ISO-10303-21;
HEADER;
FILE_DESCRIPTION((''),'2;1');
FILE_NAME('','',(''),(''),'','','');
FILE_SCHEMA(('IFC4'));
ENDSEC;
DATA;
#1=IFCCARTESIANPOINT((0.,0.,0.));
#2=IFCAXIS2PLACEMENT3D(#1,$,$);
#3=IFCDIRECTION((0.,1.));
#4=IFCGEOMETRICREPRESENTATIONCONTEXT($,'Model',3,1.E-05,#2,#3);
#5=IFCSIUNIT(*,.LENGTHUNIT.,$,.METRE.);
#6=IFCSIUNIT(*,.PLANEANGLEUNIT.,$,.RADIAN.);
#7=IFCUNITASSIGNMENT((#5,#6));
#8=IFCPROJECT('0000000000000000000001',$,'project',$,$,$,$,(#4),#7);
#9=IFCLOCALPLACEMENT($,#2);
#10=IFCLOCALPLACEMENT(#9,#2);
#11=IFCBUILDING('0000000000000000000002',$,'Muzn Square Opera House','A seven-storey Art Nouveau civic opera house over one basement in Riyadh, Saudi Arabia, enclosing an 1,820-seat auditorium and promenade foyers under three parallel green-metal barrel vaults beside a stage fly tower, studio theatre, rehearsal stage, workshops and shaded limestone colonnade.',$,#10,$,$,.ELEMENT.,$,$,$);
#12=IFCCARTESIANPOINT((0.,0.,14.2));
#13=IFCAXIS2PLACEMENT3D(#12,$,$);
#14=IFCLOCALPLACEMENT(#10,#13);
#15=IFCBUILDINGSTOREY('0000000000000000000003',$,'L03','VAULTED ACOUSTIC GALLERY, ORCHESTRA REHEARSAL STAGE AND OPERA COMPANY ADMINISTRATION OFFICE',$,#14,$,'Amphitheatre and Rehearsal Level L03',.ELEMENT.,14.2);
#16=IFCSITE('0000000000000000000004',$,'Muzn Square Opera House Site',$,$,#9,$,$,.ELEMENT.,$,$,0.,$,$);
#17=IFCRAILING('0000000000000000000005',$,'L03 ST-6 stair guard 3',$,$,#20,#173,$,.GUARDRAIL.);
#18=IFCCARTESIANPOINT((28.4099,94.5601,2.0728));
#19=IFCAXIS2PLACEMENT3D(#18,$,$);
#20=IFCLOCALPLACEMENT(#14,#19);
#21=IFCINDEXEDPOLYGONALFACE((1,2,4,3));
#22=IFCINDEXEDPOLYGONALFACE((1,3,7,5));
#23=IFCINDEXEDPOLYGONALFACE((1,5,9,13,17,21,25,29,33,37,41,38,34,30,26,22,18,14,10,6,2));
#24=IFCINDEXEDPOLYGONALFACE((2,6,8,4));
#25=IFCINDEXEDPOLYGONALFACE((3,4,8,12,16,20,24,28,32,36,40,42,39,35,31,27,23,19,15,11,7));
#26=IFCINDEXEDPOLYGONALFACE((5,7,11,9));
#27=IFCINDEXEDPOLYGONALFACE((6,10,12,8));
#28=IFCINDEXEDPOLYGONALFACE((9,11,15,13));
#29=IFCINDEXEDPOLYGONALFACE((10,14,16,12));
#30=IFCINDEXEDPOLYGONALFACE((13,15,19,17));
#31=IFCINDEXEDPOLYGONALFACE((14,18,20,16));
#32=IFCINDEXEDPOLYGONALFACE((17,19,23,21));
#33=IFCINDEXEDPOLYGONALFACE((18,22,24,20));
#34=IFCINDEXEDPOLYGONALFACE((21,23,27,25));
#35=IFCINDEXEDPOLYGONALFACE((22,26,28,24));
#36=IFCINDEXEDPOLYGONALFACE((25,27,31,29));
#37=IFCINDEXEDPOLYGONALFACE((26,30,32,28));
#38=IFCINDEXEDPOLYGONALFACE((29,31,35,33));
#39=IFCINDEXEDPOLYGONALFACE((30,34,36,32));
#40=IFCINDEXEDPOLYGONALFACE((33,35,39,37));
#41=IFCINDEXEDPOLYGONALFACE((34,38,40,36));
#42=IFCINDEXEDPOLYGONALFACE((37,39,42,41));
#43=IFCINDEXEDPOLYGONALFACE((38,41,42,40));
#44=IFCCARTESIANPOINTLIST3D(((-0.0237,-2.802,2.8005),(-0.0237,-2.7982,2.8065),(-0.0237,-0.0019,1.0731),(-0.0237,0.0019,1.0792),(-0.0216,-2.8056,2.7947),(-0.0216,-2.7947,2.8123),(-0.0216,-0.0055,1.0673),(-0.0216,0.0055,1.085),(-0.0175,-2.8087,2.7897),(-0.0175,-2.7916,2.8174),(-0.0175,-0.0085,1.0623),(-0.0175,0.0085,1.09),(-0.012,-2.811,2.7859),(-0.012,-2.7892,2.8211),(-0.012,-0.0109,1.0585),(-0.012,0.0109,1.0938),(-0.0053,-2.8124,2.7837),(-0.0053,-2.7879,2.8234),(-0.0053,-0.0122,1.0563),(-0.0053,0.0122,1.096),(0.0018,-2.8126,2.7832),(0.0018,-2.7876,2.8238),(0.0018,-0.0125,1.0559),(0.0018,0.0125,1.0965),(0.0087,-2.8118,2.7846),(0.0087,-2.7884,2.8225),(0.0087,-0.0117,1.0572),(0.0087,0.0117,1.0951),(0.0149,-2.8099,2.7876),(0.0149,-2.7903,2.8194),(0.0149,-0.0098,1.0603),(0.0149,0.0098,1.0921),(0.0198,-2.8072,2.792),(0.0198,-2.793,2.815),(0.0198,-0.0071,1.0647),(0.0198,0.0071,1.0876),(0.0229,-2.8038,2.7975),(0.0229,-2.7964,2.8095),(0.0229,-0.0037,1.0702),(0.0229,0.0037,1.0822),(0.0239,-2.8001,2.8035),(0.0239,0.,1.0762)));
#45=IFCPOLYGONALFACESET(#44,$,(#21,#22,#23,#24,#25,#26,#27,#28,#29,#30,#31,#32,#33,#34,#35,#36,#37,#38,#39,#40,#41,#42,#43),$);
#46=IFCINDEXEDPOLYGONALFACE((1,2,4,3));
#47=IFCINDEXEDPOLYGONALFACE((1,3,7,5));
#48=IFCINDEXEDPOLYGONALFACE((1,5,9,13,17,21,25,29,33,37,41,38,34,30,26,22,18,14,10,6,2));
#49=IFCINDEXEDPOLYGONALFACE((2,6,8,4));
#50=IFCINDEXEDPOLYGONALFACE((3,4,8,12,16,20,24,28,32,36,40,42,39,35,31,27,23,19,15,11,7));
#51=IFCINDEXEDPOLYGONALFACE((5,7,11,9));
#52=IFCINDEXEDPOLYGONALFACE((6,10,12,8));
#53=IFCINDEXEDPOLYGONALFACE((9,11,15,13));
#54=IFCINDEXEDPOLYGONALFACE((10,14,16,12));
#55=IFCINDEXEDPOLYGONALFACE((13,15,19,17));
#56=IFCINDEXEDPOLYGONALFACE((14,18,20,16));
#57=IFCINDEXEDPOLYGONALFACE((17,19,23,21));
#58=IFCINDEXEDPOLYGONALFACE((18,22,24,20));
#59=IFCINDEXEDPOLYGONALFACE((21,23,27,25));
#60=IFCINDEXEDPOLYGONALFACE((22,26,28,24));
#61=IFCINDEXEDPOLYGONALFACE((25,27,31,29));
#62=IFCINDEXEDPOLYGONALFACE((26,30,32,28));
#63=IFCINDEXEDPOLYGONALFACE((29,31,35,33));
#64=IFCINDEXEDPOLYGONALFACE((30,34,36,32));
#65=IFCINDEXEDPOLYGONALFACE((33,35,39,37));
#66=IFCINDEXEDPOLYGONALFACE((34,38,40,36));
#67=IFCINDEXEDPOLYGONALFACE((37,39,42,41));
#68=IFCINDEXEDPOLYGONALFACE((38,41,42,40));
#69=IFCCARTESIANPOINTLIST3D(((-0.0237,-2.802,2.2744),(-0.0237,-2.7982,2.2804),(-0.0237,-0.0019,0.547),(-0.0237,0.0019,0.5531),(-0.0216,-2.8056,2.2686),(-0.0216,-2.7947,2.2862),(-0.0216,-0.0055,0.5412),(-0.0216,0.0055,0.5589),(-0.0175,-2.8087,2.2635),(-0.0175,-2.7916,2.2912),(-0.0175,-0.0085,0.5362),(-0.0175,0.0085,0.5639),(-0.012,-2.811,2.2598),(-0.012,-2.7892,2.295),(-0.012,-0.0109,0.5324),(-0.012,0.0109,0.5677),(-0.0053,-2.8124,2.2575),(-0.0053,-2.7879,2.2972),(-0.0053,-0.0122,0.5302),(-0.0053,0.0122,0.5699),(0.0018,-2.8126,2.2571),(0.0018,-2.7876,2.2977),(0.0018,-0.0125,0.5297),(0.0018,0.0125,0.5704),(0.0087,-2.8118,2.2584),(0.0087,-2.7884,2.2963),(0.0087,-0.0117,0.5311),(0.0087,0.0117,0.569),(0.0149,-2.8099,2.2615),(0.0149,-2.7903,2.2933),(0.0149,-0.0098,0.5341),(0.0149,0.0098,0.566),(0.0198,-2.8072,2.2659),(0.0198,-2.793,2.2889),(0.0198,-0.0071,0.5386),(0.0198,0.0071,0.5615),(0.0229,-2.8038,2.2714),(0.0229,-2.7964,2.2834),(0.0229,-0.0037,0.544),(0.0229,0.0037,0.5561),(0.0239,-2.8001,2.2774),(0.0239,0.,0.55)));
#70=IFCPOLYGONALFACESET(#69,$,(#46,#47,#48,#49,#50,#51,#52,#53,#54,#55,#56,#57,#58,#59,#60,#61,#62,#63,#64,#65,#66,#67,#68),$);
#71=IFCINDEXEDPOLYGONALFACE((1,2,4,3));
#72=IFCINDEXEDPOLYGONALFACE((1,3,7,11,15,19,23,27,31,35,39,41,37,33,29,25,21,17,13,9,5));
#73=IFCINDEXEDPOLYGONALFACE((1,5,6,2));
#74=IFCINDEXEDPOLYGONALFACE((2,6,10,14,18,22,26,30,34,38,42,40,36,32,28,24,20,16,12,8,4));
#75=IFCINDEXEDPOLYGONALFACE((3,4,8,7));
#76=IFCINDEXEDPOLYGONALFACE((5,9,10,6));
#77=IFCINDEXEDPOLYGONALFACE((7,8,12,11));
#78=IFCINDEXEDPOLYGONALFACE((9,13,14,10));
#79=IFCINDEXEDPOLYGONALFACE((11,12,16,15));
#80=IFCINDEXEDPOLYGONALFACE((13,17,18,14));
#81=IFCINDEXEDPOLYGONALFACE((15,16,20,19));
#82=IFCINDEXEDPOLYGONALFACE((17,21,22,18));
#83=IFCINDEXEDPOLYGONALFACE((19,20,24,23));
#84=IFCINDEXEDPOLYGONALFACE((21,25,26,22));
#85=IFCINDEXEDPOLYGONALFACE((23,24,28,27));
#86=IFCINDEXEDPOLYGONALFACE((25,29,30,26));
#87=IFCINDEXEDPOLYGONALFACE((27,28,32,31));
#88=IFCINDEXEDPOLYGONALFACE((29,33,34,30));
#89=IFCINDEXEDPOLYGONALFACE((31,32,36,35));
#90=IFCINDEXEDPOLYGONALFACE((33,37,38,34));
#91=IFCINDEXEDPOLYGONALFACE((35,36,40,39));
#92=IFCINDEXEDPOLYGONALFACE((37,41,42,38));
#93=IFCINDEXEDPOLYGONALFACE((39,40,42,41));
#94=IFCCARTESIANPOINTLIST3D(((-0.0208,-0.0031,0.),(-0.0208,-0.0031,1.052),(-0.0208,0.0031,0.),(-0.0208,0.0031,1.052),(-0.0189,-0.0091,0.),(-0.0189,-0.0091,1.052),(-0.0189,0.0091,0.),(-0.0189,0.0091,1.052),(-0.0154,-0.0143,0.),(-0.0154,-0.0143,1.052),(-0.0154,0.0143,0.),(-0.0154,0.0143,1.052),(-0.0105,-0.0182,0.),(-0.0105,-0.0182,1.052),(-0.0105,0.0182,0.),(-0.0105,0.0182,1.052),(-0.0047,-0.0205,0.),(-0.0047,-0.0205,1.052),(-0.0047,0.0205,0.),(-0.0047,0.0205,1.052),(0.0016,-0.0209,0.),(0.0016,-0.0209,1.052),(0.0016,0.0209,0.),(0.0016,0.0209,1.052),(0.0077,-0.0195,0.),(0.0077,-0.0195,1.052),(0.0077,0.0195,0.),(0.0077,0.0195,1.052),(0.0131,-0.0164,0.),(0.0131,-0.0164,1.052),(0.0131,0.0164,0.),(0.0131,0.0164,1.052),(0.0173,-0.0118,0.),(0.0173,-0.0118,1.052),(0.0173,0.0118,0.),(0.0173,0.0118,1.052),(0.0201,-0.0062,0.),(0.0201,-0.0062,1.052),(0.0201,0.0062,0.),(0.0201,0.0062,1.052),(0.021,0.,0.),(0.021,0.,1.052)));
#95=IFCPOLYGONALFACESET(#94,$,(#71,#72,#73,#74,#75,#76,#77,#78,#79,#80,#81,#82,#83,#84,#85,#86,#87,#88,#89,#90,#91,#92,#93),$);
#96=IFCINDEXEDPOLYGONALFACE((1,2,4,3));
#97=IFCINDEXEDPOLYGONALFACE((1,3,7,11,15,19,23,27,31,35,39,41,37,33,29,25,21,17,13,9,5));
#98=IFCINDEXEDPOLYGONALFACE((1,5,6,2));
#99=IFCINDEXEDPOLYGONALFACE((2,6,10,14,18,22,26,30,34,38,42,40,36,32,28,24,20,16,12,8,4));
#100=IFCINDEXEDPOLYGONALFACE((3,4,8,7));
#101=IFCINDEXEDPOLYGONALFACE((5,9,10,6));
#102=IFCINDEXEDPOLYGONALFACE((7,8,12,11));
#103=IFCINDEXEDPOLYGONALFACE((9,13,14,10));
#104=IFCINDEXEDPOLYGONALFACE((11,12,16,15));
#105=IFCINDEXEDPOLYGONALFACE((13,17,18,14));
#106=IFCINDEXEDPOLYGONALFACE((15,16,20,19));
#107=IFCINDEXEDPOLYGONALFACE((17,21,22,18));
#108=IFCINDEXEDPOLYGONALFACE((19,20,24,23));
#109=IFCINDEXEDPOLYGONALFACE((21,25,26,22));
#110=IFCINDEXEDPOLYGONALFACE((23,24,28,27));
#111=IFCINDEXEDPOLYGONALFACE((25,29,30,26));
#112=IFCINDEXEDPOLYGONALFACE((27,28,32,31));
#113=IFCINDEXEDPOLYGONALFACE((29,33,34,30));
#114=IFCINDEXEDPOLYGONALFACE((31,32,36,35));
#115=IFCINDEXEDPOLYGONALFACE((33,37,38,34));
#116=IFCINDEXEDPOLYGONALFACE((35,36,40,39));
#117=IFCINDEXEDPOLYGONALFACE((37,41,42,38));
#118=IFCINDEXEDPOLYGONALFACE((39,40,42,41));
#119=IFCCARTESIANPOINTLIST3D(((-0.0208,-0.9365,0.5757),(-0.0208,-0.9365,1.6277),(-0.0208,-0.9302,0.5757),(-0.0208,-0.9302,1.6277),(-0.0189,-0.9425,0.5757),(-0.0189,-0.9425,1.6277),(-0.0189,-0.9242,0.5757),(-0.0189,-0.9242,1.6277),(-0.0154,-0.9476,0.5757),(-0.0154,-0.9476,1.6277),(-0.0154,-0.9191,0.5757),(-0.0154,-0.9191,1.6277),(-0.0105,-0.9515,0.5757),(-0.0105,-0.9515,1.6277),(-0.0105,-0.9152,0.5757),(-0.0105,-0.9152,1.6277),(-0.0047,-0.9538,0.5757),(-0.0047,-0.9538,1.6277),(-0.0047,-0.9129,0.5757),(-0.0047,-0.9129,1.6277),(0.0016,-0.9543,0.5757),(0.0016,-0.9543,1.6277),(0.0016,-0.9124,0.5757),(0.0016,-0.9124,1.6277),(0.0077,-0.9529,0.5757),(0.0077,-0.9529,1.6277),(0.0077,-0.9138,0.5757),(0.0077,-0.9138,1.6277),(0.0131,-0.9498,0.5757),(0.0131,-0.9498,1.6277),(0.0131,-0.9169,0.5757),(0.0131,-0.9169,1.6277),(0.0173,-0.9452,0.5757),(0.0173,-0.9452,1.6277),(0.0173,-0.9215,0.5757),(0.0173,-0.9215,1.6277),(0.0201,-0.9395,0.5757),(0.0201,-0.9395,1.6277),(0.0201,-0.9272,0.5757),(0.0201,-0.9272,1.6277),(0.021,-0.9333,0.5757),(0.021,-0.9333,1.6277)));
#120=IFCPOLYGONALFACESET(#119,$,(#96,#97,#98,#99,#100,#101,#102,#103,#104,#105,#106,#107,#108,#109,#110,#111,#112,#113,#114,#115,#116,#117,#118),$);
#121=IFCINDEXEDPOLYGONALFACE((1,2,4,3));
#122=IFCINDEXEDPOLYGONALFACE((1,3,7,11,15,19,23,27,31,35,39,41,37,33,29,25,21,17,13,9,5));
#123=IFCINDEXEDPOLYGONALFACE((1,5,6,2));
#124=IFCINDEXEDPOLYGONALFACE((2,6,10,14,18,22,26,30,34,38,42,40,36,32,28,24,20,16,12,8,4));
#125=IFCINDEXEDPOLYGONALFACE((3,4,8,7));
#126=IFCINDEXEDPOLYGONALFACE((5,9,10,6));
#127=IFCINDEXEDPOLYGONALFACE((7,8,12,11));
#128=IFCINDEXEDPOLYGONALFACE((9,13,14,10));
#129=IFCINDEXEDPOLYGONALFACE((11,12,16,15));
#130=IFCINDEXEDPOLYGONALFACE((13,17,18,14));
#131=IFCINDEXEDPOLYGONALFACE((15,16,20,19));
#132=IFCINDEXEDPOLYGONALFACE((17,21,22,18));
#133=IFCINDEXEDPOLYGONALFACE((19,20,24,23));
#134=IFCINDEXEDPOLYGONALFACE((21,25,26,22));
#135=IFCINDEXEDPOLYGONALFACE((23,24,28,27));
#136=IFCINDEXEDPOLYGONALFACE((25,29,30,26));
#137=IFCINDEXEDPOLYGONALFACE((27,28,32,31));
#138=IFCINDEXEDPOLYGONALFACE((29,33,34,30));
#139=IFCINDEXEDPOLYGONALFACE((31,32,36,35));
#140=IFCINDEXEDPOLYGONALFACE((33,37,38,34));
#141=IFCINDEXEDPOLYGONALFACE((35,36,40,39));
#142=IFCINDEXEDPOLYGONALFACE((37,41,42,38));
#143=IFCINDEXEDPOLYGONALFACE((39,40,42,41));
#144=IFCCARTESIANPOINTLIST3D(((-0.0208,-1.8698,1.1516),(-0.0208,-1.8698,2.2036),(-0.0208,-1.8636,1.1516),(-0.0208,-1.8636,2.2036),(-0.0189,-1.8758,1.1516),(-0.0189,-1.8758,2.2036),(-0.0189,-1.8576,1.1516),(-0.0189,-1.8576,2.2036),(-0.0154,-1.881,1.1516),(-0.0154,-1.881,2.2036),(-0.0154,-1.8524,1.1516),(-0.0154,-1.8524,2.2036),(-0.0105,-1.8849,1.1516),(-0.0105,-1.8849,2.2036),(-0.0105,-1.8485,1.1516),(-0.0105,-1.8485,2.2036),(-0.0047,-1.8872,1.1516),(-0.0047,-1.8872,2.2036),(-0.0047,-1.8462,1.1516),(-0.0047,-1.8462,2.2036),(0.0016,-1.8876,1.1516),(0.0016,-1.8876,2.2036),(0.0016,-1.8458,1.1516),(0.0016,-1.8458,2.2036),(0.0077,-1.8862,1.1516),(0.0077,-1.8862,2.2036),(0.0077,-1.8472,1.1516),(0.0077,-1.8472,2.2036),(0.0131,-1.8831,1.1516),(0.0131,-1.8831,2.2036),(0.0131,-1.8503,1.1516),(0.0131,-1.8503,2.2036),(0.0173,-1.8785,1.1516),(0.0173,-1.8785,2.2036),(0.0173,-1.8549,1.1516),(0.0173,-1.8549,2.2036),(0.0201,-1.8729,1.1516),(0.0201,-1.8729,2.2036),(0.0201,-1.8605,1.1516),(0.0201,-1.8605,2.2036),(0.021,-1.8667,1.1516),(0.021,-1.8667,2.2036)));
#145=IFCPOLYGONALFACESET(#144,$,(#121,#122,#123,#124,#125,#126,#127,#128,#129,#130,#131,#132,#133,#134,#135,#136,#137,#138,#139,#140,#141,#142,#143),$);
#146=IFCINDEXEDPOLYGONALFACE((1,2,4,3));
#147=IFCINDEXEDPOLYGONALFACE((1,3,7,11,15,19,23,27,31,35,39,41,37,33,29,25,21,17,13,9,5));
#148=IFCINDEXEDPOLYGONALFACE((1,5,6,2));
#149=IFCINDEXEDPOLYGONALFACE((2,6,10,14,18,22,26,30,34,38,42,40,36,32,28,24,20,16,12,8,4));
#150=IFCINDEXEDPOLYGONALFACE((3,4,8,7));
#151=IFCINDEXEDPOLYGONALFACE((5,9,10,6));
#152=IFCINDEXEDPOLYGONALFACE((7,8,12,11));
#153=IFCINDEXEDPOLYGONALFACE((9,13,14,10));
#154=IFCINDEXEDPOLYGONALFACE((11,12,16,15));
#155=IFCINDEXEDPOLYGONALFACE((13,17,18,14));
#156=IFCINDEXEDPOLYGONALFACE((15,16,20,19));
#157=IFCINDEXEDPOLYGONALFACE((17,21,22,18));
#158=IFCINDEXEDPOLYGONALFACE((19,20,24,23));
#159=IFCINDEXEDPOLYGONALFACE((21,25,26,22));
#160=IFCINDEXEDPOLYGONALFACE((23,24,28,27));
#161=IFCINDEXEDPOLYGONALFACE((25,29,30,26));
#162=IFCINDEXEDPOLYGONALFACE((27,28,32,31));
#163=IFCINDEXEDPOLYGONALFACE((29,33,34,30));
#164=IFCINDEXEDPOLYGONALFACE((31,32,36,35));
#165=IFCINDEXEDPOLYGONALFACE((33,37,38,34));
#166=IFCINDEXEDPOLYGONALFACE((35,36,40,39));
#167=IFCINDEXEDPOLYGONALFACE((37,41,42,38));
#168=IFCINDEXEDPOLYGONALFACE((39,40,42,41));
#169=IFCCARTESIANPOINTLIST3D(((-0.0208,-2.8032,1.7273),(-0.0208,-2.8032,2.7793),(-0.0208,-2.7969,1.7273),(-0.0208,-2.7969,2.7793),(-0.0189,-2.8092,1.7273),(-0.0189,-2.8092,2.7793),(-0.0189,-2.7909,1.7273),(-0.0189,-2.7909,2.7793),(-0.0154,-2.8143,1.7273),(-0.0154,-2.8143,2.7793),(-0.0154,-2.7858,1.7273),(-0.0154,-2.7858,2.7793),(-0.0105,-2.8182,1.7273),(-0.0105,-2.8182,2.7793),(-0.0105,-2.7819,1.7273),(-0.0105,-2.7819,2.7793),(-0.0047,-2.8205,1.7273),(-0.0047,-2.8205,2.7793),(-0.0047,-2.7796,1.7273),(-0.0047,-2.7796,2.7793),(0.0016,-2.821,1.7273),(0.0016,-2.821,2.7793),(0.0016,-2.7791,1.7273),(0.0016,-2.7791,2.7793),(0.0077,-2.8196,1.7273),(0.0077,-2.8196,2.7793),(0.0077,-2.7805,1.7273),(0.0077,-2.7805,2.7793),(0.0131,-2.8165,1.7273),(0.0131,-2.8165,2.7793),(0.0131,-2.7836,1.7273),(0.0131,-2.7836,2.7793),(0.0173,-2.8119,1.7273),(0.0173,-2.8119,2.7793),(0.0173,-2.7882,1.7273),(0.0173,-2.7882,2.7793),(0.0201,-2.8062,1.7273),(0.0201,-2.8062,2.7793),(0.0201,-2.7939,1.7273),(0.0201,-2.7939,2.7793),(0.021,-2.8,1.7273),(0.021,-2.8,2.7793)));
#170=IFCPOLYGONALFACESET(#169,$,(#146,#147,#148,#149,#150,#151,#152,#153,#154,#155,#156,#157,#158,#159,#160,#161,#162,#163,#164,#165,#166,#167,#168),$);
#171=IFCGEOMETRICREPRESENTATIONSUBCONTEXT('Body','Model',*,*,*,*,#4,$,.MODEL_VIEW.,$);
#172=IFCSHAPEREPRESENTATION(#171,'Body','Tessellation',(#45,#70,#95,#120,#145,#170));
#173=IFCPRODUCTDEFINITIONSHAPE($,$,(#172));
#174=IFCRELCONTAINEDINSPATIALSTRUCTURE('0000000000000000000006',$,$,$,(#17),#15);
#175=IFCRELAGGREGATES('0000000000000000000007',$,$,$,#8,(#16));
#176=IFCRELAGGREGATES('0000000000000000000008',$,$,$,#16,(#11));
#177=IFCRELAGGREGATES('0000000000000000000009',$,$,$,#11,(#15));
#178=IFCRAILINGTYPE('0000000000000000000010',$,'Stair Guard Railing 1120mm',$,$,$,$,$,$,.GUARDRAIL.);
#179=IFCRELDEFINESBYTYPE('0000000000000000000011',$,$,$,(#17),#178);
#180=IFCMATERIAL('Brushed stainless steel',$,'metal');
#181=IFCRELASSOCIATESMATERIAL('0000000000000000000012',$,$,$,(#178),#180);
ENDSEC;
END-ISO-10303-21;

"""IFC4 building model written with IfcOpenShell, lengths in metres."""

from ifc_helpers import new_model, si_unit, direction, frame, origin, origin_2d, place, context, subcontext, project, spatial, circle, extrude, material, type_object, element, save


model = new_model("IFC4")

# Units and contexts
model_context = context("Model", 3, precision=1e-05, world=origin(), true_north=direction((0.0, 1.0)))
body_context = subcontext(model_context, "Body", "Model", "MODEL_VIEW")
ifc_project = project(units=[si_unit("LENGTHUNIT", "METRE"), si_unit("PLANEANGLEUNIT", "RADIAN")], contexts=[model_context])

# Site, building, storey
site_placement = place(None, origin())
site = spatial("IfcSite", under=ifc_project, at=site_placement, Name="Muzn Square Opera House Site", CompositionType="ELEMENT", RefElevation=0.0)
building_placement = place(site_placement, origin())
building = spatial("IfcBuilding", under=site, at=building_placement, Name="Muzn Square Opera House", Description="A seven-storey Art Nouveau civic opera house over one basement in Riyadh, Saudi Arabia, enclosing an 1,820-seat auditorium and promenade foyers under three parallel green-metal barrel vaults beside a stage fly tower, studio theatre, rehearsal stage, workshops and shaded limestone colonnade.", CompositionType="ELEMENT")
storey_placement = place(building_placement, frame((0.0, 0.0, 14.2)))
storey = spatial("IfcBuildingStorey", under=building, at=storey_placement, Name="L03", Description="VAULTED ACOUSTIC GALLERY, ORCHESTRA REHEARSAL STAGE AND OPERA COMPANY ADMINISTRATION OFFICE", LongName="Amphitheatre and Rehearsal Level L03", CompositionType="ELEMENT", Elevation=14.2)

# Railing
ifc_material_1 = material(Name="Brushed stainless steel", Category="metal")
railing_type_1 = type_object("IfcRailingType", Name="Stair Guard Railing 1120mm", PredefinedType="GUARDRAIL", material=ifc_material_1)
railing_1_placement = place(storey_placement, frame((28.4099, 94.5601, 2.0728)))
element("IfcRailing", 1, at=railing_1_placement, inside=storey, type_object=railing_type_1, Name="L03 ST-6 stair guard 3", PredefinedType="GUARDRAIL", context=body_context, shape_type="SweptSolid", body=[
    extrude(circle(Radius=0.0239, at=origin_2d()), frame((0.0, 0.0, 1.0762), z_axis=(0.0, -0.85109, 0.52502), x_axis=(1.0, 0.0, 0.0)), (0.0, 0.0, 1.0), 3.29),
    extrude(circle(Radius=0.0239, at=origin_2d()), frame((0.0, 0.0, 0.55), z_axis=(0.0, -0.85109, 0.52502), x_axis=(1.0, 0.0, 0.0)), (0.0, 0.0, 1.0), 3.29),
    extrude(circle(Radius=0.021, at=origin_2d()), origin(), (0.0, 0.0, 1.0), 1.052),
    extrude(circle(Radius=0.021, at=origin_2d()), frame((0.0, -0.9333, 0.5757)), (0.0, 0.0, 1.0), 1.052),
    extrude(circle(Radius=0.021, at=origin_2d()), frame((0.0, -1.8667, 1.1516)), (0.0, 0.0, 1.0), 1.052),
    extrude(circle(Radius=0.021, at=origin_2d()), frame((0.0, -2.8, 1.7273)), (0.0, 0.0, 1.0), 1.052),
])

save(model, "model.ifc")
